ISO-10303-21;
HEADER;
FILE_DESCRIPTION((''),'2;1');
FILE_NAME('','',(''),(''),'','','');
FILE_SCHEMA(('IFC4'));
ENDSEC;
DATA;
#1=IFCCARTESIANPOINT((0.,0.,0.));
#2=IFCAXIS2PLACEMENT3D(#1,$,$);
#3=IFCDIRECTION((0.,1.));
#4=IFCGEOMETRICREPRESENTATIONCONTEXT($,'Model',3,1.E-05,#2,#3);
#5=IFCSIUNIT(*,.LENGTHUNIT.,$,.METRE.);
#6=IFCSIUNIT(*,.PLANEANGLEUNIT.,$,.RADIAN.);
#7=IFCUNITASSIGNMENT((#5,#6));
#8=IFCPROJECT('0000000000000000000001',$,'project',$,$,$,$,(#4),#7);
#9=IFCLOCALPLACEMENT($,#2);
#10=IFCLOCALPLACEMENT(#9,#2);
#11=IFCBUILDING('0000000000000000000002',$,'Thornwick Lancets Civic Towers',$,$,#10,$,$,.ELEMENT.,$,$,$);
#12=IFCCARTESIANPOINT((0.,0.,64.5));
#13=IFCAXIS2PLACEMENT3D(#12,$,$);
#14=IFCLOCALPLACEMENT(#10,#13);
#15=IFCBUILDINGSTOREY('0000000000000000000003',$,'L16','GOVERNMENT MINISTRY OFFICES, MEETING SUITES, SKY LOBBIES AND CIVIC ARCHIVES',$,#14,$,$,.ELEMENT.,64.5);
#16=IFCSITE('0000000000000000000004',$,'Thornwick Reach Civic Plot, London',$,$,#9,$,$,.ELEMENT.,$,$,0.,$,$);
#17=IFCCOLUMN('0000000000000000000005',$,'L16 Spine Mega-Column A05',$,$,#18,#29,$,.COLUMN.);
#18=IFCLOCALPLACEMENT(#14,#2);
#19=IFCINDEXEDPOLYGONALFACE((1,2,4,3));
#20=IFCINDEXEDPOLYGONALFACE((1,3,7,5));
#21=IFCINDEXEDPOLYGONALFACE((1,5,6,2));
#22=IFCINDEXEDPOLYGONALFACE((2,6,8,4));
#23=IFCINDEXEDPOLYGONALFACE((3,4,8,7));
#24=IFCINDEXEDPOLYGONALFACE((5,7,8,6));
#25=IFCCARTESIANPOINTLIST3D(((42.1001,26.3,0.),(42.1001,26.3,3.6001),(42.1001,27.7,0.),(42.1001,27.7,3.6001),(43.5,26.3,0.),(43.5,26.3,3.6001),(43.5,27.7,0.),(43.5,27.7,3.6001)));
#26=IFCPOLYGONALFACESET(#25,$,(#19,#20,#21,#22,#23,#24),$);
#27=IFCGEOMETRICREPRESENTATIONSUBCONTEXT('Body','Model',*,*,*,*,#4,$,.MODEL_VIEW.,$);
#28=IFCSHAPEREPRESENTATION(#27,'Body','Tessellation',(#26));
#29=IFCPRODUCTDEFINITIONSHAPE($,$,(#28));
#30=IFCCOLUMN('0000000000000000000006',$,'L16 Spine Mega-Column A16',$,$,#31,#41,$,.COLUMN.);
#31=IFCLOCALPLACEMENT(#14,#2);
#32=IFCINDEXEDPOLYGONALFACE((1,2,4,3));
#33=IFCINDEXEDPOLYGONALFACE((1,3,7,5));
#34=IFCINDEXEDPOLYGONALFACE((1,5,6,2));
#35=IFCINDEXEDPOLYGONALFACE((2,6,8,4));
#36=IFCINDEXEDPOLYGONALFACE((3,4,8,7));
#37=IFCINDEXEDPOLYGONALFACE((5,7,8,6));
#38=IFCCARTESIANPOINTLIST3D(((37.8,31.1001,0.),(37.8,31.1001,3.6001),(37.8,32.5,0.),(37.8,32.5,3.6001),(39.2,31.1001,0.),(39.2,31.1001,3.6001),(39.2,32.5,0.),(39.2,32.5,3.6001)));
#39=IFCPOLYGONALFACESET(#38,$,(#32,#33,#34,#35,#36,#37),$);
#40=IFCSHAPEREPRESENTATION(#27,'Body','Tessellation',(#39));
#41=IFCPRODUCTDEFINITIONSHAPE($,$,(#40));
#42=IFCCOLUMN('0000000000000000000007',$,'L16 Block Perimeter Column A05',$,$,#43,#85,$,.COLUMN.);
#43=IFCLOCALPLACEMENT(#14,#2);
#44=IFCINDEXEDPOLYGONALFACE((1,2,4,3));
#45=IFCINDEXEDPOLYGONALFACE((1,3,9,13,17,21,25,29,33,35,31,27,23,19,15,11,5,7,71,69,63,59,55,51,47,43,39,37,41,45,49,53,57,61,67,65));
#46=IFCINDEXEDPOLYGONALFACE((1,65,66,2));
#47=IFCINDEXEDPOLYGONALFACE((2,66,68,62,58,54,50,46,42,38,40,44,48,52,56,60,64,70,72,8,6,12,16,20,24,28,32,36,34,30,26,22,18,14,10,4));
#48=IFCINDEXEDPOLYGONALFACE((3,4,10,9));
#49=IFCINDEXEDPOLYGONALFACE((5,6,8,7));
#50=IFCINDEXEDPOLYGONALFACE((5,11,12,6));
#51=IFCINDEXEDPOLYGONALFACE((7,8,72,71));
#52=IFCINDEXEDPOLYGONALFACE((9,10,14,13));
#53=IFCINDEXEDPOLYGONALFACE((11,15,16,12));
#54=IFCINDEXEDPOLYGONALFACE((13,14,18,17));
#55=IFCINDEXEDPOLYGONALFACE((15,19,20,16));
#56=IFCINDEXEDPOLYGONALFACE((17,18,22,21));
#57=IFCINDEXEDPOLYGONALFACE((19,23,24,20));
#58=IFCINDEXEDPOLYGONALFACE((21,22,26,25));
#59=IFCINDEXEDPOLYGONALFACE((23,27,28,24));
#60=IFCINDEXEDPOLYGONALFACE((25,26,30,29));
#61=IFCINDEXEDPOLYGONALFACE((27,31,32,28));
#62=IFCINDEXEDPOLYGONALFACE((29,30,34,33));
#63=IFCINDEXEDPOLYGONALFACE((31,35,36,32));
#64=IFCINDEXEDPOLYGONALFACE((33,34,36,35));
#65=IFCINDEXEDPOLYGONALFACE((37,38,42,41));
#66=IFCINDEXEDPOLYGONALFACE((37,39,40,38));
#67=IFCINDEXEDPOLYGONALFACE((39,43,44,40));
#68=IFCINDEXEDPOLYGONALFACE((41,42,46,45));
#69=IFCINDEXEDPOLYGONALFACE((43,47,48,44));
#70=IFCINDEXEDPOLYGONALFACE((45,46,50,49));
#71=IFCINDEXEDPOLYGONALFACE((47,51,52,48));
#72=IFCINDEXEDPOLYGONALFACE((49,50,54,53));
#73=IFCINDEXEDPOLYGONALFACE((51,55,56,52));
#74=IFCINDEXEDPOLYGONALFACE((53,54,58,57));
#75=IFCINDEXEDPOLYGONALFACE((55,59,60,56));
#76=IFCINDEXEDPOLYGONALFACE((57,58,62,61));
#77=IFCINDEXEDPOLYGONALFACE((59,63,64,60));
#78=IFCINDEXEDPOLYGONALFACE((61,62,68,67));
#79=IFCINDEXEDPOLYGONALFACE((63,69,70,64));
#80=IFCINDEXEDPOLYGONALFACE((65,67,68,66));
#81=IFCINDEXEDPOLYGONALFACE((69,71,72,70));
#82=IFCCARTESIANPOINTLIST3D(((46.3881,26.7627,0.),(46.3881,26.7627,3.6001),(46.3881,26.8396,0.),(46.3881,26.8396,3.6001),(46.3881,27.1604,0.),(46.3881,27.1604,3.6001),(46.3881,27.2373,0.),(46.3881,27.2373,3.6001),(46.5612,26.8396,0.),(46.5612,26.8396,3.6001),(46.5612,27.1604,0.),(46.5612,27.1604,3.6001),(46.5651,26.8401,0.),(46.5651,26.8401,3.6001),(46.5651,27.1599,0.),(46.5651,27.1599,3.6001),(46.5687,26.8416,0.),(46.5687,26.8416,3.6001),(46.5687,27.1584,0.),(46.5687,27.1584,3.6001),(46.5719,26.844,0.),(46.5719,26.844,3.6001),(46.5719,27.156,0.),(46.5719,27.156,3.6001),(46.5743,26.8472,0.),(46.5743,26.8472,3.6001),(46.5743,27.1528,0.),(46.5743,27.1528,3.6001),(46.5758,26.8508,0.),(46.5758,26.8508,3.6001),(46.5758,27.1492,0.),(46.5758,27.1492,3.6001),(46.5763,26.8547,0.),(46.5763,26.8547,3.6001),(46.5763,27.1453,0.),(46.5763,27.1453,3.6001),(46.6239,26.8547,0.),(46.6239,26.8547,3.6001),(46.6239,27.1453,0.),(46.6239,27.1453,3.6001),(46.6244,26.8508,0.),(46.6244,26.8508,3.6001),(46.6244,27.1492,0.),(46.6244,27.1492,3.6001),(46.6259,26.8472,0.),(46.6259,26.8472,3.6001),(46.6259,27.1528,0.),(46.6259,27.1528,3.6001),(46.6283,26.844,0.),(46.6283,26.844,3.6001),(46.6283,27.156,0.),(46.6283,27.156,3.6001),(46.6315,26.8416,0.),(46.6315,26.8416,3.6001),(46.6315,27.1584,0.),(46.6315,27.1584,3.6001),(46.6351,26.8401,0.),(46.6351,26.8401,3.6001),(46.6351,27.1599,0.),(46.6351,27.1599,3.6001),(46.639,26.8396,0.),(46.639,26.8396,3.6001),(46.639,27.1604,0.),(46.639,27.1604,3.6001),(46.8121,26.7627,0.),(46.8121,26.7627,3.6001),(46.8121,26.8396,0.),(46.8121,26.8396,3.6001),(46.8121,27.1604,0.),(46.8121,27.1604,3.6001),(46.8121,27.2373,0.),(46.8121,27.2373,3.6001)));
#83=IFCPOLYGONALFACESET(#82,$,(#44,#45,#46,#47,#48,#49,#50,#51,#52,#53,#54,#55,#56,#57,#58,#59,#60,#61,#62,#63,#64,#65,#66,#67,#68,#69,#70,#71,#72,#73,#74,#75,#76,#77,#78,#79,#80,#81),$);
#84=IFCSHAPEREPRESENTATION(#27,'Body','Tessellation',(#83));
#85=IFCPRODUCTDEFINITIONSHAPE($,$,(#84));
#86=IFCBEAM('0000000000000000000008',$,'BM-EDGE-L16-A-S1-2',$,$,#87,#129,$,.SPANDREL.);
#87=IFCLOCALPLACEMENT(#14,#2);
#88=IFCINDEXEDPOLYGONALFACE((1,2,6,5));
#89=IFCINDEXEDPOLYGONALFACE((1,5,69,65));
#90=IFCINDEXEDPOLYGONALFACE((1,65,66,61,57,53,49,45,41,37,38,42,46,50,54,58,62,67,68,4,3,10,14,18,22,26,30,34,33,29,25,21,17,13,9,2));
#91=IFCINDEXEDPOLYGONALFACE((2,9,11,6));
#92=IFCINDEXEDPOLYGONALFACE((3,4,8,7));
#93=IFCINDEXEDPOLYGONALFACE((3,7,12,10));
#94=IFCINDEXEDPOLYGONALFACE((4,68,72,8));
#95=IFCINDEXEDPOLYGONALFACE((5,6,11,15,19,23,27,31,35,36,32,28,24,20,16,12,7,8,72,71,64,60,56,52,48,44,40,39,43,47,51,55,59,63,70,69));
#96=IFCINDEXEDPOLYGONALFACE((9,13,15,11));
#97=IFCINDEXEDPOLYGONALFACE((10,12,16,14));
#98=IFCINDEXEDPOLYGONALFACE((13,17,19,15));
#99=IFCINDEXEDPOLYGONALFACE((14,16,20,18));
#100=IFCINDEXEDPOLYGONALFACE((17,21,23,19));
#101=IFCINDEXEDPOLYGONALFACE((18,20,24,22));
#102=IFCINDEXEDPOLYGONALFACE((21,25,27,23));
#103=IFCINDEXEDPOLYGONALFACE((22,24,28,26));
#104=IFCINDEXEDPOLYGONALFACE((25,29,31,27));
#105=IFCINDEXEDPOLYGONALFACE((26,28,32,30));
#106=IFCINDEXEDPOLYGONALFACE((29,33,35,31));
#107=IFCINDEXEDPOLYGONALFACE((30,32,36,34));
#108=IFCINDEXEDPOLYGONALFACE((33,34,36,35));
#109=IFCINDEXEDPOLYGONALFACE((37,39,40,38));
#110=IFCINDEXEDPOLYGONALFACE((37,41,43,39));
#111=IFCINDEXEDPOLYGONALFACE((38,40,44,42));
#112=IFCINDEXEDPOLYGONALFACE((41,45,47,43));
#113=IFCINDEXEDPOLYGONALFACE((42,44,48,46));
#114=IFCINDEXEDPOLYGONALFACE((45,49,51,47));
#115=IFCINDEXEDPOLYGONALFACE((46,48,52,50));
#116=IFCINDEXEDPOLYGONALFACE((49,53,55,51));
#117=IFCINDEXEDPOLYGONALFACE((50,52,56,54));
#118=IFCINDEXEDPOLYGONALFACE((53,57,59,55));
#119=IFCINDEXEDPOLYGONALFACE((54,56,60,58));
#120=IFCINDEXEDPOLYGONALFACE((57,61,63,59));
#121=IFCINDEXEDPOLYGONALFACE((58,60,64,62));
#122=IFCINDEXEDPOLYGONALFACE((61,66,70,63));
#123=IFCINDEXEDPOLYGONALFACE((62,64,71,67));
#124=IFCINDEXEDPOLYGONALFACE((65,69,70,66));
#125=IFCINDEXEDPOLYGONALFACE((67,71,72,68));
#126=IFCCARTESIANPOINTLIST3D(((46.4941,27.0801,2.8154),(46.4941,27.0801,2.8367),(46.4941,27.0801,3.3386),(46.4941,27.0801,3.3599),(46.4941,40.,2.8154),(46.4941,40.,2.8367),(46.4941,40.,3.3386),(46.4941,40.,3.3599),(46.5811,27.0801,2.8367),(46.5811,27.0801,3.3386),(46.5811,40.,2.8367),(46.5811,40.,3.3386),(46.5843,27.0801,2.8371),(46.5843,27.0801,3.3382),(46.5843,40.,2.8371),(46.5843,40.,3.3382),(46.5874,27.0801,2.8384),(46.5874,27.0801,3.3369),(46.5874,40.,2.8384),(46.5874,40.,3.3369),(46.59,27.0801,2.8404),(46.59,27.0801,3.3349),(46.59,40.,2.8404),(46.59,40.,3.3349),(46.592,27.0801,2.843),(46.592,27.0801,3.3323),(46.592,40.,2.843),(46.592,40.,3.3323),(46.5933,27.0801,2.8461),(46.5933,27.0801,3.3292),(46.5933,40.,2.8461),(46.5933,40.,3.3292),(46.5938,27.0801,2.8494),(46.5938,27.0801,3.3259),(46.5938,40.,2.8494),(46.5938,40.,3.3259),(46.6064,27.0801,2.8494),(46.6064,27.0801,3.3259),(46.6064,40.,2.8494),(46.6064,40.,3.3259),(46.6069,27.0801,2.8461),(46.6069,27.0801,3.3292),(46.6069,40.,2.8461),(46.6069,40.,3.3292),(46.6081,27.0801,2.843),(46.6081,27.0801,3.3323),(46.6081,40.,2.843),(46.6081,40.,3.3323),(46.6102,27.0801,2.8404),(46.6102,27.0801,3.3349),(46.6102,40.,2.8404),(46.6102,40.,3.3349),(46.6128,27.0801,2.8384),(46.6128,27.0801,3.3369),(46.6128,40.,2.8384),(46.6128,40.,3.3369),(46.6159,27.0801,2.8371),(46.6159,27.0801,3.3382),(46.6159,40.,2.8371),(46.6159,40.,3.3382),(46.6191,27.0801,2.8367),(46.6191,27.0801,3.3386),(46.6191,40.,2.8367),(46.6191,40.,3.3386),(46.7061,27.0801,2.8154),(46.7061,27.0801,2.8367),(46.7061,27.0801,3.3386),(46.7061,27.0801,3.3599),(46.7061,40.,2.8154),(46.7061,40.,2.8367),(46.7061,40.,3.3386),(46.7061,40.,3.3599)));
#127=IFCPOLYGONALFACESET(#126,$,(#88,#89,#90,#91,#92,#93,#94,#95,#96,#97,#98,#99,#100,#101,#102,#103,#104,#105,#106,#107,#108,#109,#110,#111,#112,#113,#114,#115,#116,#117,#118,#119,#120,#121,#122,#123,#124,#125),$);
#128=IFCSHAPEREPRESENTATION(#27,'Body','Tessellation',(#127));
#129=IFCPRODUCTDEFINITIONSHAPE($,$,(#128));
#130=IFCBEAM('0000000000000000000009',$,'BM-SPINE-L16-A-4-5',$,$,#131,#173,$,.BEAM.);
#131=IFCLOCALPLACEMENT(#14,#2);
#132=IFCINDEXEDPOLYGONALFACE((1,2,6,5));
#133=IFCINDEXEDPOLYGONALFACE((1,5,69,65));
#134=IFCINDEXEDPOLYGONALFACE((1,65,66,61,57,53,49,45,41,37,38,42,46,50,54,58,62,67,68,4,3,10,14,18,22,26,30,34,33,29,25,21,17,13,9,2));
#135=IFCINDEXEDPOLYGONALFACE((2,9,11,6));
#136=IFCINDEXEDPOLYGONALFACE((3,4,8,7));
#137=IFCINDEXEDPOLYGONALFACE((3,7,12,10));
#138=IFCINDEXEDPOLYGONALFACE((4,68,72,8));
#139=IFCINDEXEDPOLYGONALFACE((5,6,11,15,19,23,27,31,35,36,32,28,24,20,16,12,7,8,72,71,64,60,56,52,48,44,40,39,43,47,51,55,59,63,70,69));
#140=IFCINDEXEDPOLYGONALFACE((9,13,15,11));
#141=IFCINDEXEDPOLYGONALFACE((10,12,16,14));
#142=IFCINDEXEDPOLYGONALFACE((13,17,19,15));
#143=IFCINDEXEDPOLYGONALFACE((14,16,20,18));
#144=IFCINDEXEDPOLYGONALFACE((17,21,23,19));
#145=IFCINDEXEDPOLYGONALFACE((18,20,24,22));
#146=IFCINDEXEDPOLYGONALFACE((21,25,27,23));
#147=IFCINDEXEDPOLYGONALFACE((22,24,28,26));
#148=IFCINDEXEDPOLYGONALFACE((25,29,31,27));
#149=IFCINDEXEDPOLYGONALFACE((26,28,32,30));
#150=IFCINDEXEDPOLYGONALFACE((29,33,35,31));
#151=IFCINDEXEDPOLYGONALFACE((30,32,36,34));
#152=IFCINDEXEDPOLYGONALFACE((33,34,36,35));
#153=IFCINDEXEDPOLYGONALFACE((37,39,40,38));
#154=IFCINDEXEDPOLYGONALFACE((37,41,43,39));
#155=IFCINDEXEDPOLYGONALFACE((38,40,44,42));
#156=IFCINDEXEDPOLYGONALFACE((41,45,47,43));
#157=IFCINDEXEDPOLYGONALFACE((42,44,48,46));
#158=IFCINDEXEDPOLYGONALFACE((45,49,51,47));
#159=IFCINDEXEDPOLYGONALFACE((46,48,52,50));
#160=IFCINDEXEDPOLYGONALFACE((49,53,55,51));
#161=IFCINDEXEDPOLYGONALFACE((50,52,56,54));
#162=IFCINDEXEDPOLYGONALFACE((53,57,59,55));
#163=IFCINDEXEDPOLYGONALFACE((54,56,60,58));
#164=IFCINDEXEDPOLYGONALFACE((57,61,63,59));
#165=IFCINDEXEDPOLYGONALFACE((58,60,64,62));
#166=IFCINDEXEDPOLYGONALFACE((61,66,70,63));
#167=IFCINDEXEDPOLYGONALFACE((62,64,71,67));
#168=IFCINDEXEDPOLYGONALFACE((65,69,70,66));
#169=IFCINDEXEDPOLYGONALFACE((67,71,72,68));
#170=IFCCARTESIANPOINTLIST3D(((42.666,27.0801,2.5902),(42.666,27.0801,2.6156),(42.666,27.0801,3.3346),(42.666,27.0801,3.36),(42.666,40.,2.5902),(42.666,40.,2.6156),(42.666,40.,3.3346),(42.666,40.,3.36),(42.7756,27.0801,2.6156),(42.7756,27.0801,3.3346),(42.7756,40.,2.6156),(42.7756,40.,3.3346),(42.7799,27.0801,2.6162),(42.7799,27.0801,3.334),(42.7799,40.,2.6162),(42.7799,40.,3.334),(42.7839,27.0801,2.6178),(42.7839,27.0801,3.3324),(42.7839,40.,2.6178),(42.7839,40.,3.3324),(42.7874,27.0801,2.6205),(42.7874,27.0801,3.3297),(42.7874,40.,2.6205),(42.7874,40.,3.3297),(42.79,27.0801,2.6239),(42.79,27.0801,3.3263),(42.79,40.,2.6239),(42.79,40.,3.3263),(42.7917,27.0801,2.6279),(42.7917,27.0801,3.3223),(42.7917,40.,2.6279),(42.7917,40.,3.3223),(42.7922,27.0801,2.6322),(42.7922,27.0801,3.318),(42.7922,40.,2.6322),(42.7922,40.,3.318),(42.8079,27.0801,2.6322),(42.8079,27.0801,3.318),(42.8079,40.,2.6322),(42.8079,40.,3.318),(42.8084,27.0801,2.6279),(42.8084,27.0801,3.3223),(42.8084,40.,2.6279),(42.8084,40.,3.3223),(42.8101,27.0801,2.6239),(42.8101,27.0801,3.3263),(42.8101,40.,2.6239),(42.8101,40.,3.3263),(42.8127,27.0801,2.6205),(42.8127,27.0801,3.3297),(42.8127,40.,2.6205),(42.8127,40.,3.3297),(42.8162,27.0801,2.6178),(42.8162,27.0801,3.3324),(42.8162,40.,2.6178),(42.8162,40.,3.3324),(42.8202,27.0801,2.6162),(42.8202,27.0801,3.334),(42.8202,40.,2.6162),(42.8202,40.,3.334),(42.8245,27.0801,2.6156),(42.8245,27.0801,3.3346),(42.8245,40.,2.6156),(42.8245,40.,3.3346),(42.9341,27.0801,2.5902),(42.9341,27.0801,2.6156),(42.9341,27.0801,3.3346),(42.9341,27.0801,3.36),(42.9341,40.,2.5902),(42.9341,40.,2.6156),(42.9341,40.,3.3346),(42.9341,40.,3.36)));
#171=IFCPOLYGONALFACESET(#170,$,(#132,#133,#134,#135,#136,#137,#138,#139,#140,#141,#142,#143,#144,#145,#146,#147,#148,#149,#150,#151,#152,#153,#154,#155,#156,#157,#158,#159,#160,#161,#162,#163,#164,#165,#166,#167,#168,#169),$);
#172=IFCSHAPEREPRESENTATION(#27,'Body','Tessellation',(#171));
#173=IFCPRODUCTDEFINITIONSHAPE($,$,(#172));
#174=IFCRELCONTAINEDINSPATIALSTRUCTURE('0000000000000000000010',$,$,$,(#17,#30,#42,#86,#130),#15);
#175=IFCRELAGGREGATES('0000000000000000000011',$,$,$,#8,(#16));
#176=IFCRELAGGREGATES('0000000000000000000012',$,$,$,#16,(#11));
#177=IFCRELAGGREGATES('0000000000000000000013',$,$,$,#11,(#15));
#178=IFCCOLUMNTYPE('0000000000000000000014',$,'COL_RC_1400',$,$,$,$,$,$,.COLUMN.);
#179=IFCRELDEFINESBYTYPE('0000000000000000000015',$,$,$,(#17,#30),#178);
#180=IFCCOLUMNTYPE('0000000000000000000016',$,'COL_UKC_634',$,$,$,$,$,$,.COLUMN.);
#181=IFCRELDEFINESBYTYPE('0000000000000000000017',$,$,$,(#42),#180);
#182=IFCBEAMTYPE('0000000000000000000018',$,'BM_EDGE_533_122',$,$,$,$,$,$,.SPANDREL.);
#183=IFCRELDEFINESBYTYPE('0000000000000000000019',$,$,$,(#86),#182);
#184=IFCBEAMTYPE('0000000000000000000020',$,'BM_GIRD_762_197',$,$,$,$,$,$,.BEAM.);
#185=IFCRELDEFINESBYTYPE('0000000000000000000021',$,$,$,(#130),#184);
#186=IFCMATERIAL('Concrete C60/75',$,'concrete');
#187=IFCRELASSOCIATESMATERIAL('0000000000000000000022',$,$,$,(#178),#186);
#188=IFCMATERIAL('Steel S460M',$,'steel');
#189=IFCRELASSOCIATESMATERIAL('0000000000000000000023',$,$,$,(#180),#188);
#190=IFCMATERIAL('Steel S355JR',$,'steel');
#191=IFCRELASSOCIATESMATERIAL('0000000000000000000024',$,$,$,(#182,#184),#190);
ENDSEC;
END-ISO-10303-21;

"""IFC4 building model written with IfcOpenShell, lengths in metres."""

from ifc_helpers import new_model, si_unit, direction, frame, origin, origin_2d, place, context, subcontext, project, spatial, rectangle, i_section, extrude, material, material_profile, profile_set, type_object, element, save


model = new_model("IFC4")

# Units and contexts
model_context = context("Model", 3, precision=1e-05, world=origin(), true_north=direction((0.0, 1.0)))
body_context = subcontext(model_context, "Body", "Model", "MODEL_VIEW")
ifc_project = project(units=[si_unit("LENGTHUNIT", "METRE"), si_unit("PLANEANGLEUNIT", "RADIAN")], contexts=[model_context])

# Site, building, storey
site_placement = place(None, origin())
site = spatial("IfcSite", under=ifc_project, at=site_placement, Name="Thornwick Reach Civic Plot, London", CompositionType="ELEMENT", RefElevation=0.0)
building_placement = place(site_placement, origin())
building = spatial("IfcBuilding", under=site, at=building_placement, Name="Thornwick Lancets Civic Towers", CompositionType="ELEMENT")
storey_placement = place(building_placement, frame((0.0, 0.0, 64.5)))
storey = spatial("IfcBuildingStorey", under=building, at=storey_placement, Name="L16", Description="GOVERNMENT MINISTRY OFFICES, MEETING SUITES, SKY LOBBIES AND CIVIC ARCHIVES", CompositionType="ELEMENT", Elevation=64.5)

# Columns
ifc_material_1 = material(Name="Concrete C60/75", Category="concrete")
ifc_material_profile_1 = material_profile(ifc_material_1, rectangle(XDim=1.3999, YDim=1.3999, at=origin_2d()), Name="RC 1400x1400")
ifc_profile_set_1 = profile_set([ifc_material_profile_1], Name="Concrete C60/75")
column_type_1 = type_object("IfcColumnType", Name="COL_RC_1400", PredefinedType="COLUMN", material=ifc_profile_set_1)
for number, where, z_axis, x_axis, name in (
    (1, (42.8, 27.0, 0.0), (0.0, 0.0, 1.0), (1.0, 0.0, 0.0), "L16 Spine Mega-Column A05"),
    (2, (38.5, 31.8, 0.0), (0.0, 0.0, 1.0), (1.0, 0.0, 0.0), "L16 Spine Mega-Column A16"),
):
    element("IfcColumn", number, at=place(storey_placement, frame(where, z_axis=z_axis, x_axis=x_axis)), inside=storey, type_object=column_type_1, Name=name, PredefinedType="COLUMN", context=body_context, shape_type="SweptSolid", body=[
        extrude(rectangle(XDim=1.3999, YDim=1.3999, at=origin_2d()), origin(), (0.0, 0.0, 1.0), 3.6001),
    ])
ifc_material_2 = material(Name="Steel S460M", Category="steel")
ifc_material_profile_2 = material_profile(ifc_material_2, i_section(OverallWidth=0.4241, OverallDepth=0.4746, WebThickness=0.0476, FlangeThickness=0.0769, FilletRadius=0.0151, at=origin_2d()), Name="UKC 356x406x634")
ifc_profile_set_2 = profile_set([ifc_material_profile_2], Name="Steel S460M")
column_type_2 = type_object("IfcColumnType", Name="COL_UKC_634", PredefinedType="COLUMN", material=ifc_profile_set_2)
column_placement = place(storey_placement, frame((46.6001, 27.0, 0.0), z_axis=(0.0, 0.0, 1.0), x_axis=(1.0, 0.0, 0.0)))
element("IfcColumn", 3, at=column_placement, inside=storey, type_object=column_type_2, Name="L16 Block Perimeter Column A05", PredefinedType="COLUMN", context=body_context, shape_type="SweptSolid", body=[
    extrude(i_section(OverallWidth=0.4241, OverallDepth=0.4746, WebThickness=0.0476, FlangeThickness=0.0769, FilletRadius=0.0151, at=origin_2d()), origin(), (0.0, 0.0, 1.0), 3.6001),
])

# Beams
ifc_material_3 = material(Name="Steel S355JR", Category="steel")
ifc_material_profile_3 = material_profile(ifc_material_3, i_section(OverallWidth=0.2119, OverallDepth=0.5444, WebThickness=0.0127, FlangeThickness=0.0212, FilletRadius=0.0127, at=origin_2d()), Name="UKB 533x210x122")
ifc_profile_set_3 = profile_set([ifc_material_profile_3], Name="Steel S355JR")
beam_type_1 = type_object("IfcBeamType", Name="BM_EDGE_533_122", PredefinedType="SPANDREL", material=ifc_profile_set_3)
beam_1_placement = place(storey_placement, frame((46.6001, 27.0801, 3.0876), z_axis=(0.0, 1.0, 0.0), x_axis=(-1.0, 0.0, 0.0)))
element("IfcBeam", 4, at=beam_1_placement, inside=storey, type_object=beam_type_1, Name="BM-EDGE-L16-A-S1-2", PredefinedType="SPANDREL", context=body_context, shape_type="SweptSolid", body=[
    extrude(i_section(OverallWidth=0.2119, OverallDepth=0.5444, WebThickness=0.0127, FlangeThickness=0.0212, FilletRadius=0.0127, at=origin_2d()), origin(), (0.0, 0.0, 1.0), 12.9199),
])
ifc_material_profile_4 = material_profile(ifc_material_3, i_section(OverallWidth=0.2681, OverallDepth=0.7698, WebThickness=0.0156, FlangeThickness=0.0254, FilletRadius=0.0166, at=origin_2d()), Name="UKB 762x267x197")
ifc_profile_set_4 = profile_set([ifc_material_profile_4], Name="Steel S355JR")
beam_type_2 = type_object("IfcBeamType", Name="BM_GIRD_762_197", PredefinedType="BEAM", material=ifc_profile_set_4)
beam_2_placement = place(storey_placement, frame((42.8, 27.0801, 2.9751), z_axis=(0.0, 1.0, 0.0), x_axis=(-1.0, 0.0, 0.0)))
element("IfcBeam", 5, at=beam_2_placement, inside=storey, type_object=beam_type_2, Name="BM-SPINE-L16-A-4-5", PredefinedType="BEAM", context=body_context, shape_type="SweptSolid", body=[
    extrude(i_section(OverallWidth=0.2681, OverallDepth=0.7698, WebThickness=0.0156, FlangeThickness=0.0254, FilletRadius=0.0166, at=origin_2d()), origin(), (0.0, 0.0, 1.0), 12.9199),
])

save(model, "model.ifc")
